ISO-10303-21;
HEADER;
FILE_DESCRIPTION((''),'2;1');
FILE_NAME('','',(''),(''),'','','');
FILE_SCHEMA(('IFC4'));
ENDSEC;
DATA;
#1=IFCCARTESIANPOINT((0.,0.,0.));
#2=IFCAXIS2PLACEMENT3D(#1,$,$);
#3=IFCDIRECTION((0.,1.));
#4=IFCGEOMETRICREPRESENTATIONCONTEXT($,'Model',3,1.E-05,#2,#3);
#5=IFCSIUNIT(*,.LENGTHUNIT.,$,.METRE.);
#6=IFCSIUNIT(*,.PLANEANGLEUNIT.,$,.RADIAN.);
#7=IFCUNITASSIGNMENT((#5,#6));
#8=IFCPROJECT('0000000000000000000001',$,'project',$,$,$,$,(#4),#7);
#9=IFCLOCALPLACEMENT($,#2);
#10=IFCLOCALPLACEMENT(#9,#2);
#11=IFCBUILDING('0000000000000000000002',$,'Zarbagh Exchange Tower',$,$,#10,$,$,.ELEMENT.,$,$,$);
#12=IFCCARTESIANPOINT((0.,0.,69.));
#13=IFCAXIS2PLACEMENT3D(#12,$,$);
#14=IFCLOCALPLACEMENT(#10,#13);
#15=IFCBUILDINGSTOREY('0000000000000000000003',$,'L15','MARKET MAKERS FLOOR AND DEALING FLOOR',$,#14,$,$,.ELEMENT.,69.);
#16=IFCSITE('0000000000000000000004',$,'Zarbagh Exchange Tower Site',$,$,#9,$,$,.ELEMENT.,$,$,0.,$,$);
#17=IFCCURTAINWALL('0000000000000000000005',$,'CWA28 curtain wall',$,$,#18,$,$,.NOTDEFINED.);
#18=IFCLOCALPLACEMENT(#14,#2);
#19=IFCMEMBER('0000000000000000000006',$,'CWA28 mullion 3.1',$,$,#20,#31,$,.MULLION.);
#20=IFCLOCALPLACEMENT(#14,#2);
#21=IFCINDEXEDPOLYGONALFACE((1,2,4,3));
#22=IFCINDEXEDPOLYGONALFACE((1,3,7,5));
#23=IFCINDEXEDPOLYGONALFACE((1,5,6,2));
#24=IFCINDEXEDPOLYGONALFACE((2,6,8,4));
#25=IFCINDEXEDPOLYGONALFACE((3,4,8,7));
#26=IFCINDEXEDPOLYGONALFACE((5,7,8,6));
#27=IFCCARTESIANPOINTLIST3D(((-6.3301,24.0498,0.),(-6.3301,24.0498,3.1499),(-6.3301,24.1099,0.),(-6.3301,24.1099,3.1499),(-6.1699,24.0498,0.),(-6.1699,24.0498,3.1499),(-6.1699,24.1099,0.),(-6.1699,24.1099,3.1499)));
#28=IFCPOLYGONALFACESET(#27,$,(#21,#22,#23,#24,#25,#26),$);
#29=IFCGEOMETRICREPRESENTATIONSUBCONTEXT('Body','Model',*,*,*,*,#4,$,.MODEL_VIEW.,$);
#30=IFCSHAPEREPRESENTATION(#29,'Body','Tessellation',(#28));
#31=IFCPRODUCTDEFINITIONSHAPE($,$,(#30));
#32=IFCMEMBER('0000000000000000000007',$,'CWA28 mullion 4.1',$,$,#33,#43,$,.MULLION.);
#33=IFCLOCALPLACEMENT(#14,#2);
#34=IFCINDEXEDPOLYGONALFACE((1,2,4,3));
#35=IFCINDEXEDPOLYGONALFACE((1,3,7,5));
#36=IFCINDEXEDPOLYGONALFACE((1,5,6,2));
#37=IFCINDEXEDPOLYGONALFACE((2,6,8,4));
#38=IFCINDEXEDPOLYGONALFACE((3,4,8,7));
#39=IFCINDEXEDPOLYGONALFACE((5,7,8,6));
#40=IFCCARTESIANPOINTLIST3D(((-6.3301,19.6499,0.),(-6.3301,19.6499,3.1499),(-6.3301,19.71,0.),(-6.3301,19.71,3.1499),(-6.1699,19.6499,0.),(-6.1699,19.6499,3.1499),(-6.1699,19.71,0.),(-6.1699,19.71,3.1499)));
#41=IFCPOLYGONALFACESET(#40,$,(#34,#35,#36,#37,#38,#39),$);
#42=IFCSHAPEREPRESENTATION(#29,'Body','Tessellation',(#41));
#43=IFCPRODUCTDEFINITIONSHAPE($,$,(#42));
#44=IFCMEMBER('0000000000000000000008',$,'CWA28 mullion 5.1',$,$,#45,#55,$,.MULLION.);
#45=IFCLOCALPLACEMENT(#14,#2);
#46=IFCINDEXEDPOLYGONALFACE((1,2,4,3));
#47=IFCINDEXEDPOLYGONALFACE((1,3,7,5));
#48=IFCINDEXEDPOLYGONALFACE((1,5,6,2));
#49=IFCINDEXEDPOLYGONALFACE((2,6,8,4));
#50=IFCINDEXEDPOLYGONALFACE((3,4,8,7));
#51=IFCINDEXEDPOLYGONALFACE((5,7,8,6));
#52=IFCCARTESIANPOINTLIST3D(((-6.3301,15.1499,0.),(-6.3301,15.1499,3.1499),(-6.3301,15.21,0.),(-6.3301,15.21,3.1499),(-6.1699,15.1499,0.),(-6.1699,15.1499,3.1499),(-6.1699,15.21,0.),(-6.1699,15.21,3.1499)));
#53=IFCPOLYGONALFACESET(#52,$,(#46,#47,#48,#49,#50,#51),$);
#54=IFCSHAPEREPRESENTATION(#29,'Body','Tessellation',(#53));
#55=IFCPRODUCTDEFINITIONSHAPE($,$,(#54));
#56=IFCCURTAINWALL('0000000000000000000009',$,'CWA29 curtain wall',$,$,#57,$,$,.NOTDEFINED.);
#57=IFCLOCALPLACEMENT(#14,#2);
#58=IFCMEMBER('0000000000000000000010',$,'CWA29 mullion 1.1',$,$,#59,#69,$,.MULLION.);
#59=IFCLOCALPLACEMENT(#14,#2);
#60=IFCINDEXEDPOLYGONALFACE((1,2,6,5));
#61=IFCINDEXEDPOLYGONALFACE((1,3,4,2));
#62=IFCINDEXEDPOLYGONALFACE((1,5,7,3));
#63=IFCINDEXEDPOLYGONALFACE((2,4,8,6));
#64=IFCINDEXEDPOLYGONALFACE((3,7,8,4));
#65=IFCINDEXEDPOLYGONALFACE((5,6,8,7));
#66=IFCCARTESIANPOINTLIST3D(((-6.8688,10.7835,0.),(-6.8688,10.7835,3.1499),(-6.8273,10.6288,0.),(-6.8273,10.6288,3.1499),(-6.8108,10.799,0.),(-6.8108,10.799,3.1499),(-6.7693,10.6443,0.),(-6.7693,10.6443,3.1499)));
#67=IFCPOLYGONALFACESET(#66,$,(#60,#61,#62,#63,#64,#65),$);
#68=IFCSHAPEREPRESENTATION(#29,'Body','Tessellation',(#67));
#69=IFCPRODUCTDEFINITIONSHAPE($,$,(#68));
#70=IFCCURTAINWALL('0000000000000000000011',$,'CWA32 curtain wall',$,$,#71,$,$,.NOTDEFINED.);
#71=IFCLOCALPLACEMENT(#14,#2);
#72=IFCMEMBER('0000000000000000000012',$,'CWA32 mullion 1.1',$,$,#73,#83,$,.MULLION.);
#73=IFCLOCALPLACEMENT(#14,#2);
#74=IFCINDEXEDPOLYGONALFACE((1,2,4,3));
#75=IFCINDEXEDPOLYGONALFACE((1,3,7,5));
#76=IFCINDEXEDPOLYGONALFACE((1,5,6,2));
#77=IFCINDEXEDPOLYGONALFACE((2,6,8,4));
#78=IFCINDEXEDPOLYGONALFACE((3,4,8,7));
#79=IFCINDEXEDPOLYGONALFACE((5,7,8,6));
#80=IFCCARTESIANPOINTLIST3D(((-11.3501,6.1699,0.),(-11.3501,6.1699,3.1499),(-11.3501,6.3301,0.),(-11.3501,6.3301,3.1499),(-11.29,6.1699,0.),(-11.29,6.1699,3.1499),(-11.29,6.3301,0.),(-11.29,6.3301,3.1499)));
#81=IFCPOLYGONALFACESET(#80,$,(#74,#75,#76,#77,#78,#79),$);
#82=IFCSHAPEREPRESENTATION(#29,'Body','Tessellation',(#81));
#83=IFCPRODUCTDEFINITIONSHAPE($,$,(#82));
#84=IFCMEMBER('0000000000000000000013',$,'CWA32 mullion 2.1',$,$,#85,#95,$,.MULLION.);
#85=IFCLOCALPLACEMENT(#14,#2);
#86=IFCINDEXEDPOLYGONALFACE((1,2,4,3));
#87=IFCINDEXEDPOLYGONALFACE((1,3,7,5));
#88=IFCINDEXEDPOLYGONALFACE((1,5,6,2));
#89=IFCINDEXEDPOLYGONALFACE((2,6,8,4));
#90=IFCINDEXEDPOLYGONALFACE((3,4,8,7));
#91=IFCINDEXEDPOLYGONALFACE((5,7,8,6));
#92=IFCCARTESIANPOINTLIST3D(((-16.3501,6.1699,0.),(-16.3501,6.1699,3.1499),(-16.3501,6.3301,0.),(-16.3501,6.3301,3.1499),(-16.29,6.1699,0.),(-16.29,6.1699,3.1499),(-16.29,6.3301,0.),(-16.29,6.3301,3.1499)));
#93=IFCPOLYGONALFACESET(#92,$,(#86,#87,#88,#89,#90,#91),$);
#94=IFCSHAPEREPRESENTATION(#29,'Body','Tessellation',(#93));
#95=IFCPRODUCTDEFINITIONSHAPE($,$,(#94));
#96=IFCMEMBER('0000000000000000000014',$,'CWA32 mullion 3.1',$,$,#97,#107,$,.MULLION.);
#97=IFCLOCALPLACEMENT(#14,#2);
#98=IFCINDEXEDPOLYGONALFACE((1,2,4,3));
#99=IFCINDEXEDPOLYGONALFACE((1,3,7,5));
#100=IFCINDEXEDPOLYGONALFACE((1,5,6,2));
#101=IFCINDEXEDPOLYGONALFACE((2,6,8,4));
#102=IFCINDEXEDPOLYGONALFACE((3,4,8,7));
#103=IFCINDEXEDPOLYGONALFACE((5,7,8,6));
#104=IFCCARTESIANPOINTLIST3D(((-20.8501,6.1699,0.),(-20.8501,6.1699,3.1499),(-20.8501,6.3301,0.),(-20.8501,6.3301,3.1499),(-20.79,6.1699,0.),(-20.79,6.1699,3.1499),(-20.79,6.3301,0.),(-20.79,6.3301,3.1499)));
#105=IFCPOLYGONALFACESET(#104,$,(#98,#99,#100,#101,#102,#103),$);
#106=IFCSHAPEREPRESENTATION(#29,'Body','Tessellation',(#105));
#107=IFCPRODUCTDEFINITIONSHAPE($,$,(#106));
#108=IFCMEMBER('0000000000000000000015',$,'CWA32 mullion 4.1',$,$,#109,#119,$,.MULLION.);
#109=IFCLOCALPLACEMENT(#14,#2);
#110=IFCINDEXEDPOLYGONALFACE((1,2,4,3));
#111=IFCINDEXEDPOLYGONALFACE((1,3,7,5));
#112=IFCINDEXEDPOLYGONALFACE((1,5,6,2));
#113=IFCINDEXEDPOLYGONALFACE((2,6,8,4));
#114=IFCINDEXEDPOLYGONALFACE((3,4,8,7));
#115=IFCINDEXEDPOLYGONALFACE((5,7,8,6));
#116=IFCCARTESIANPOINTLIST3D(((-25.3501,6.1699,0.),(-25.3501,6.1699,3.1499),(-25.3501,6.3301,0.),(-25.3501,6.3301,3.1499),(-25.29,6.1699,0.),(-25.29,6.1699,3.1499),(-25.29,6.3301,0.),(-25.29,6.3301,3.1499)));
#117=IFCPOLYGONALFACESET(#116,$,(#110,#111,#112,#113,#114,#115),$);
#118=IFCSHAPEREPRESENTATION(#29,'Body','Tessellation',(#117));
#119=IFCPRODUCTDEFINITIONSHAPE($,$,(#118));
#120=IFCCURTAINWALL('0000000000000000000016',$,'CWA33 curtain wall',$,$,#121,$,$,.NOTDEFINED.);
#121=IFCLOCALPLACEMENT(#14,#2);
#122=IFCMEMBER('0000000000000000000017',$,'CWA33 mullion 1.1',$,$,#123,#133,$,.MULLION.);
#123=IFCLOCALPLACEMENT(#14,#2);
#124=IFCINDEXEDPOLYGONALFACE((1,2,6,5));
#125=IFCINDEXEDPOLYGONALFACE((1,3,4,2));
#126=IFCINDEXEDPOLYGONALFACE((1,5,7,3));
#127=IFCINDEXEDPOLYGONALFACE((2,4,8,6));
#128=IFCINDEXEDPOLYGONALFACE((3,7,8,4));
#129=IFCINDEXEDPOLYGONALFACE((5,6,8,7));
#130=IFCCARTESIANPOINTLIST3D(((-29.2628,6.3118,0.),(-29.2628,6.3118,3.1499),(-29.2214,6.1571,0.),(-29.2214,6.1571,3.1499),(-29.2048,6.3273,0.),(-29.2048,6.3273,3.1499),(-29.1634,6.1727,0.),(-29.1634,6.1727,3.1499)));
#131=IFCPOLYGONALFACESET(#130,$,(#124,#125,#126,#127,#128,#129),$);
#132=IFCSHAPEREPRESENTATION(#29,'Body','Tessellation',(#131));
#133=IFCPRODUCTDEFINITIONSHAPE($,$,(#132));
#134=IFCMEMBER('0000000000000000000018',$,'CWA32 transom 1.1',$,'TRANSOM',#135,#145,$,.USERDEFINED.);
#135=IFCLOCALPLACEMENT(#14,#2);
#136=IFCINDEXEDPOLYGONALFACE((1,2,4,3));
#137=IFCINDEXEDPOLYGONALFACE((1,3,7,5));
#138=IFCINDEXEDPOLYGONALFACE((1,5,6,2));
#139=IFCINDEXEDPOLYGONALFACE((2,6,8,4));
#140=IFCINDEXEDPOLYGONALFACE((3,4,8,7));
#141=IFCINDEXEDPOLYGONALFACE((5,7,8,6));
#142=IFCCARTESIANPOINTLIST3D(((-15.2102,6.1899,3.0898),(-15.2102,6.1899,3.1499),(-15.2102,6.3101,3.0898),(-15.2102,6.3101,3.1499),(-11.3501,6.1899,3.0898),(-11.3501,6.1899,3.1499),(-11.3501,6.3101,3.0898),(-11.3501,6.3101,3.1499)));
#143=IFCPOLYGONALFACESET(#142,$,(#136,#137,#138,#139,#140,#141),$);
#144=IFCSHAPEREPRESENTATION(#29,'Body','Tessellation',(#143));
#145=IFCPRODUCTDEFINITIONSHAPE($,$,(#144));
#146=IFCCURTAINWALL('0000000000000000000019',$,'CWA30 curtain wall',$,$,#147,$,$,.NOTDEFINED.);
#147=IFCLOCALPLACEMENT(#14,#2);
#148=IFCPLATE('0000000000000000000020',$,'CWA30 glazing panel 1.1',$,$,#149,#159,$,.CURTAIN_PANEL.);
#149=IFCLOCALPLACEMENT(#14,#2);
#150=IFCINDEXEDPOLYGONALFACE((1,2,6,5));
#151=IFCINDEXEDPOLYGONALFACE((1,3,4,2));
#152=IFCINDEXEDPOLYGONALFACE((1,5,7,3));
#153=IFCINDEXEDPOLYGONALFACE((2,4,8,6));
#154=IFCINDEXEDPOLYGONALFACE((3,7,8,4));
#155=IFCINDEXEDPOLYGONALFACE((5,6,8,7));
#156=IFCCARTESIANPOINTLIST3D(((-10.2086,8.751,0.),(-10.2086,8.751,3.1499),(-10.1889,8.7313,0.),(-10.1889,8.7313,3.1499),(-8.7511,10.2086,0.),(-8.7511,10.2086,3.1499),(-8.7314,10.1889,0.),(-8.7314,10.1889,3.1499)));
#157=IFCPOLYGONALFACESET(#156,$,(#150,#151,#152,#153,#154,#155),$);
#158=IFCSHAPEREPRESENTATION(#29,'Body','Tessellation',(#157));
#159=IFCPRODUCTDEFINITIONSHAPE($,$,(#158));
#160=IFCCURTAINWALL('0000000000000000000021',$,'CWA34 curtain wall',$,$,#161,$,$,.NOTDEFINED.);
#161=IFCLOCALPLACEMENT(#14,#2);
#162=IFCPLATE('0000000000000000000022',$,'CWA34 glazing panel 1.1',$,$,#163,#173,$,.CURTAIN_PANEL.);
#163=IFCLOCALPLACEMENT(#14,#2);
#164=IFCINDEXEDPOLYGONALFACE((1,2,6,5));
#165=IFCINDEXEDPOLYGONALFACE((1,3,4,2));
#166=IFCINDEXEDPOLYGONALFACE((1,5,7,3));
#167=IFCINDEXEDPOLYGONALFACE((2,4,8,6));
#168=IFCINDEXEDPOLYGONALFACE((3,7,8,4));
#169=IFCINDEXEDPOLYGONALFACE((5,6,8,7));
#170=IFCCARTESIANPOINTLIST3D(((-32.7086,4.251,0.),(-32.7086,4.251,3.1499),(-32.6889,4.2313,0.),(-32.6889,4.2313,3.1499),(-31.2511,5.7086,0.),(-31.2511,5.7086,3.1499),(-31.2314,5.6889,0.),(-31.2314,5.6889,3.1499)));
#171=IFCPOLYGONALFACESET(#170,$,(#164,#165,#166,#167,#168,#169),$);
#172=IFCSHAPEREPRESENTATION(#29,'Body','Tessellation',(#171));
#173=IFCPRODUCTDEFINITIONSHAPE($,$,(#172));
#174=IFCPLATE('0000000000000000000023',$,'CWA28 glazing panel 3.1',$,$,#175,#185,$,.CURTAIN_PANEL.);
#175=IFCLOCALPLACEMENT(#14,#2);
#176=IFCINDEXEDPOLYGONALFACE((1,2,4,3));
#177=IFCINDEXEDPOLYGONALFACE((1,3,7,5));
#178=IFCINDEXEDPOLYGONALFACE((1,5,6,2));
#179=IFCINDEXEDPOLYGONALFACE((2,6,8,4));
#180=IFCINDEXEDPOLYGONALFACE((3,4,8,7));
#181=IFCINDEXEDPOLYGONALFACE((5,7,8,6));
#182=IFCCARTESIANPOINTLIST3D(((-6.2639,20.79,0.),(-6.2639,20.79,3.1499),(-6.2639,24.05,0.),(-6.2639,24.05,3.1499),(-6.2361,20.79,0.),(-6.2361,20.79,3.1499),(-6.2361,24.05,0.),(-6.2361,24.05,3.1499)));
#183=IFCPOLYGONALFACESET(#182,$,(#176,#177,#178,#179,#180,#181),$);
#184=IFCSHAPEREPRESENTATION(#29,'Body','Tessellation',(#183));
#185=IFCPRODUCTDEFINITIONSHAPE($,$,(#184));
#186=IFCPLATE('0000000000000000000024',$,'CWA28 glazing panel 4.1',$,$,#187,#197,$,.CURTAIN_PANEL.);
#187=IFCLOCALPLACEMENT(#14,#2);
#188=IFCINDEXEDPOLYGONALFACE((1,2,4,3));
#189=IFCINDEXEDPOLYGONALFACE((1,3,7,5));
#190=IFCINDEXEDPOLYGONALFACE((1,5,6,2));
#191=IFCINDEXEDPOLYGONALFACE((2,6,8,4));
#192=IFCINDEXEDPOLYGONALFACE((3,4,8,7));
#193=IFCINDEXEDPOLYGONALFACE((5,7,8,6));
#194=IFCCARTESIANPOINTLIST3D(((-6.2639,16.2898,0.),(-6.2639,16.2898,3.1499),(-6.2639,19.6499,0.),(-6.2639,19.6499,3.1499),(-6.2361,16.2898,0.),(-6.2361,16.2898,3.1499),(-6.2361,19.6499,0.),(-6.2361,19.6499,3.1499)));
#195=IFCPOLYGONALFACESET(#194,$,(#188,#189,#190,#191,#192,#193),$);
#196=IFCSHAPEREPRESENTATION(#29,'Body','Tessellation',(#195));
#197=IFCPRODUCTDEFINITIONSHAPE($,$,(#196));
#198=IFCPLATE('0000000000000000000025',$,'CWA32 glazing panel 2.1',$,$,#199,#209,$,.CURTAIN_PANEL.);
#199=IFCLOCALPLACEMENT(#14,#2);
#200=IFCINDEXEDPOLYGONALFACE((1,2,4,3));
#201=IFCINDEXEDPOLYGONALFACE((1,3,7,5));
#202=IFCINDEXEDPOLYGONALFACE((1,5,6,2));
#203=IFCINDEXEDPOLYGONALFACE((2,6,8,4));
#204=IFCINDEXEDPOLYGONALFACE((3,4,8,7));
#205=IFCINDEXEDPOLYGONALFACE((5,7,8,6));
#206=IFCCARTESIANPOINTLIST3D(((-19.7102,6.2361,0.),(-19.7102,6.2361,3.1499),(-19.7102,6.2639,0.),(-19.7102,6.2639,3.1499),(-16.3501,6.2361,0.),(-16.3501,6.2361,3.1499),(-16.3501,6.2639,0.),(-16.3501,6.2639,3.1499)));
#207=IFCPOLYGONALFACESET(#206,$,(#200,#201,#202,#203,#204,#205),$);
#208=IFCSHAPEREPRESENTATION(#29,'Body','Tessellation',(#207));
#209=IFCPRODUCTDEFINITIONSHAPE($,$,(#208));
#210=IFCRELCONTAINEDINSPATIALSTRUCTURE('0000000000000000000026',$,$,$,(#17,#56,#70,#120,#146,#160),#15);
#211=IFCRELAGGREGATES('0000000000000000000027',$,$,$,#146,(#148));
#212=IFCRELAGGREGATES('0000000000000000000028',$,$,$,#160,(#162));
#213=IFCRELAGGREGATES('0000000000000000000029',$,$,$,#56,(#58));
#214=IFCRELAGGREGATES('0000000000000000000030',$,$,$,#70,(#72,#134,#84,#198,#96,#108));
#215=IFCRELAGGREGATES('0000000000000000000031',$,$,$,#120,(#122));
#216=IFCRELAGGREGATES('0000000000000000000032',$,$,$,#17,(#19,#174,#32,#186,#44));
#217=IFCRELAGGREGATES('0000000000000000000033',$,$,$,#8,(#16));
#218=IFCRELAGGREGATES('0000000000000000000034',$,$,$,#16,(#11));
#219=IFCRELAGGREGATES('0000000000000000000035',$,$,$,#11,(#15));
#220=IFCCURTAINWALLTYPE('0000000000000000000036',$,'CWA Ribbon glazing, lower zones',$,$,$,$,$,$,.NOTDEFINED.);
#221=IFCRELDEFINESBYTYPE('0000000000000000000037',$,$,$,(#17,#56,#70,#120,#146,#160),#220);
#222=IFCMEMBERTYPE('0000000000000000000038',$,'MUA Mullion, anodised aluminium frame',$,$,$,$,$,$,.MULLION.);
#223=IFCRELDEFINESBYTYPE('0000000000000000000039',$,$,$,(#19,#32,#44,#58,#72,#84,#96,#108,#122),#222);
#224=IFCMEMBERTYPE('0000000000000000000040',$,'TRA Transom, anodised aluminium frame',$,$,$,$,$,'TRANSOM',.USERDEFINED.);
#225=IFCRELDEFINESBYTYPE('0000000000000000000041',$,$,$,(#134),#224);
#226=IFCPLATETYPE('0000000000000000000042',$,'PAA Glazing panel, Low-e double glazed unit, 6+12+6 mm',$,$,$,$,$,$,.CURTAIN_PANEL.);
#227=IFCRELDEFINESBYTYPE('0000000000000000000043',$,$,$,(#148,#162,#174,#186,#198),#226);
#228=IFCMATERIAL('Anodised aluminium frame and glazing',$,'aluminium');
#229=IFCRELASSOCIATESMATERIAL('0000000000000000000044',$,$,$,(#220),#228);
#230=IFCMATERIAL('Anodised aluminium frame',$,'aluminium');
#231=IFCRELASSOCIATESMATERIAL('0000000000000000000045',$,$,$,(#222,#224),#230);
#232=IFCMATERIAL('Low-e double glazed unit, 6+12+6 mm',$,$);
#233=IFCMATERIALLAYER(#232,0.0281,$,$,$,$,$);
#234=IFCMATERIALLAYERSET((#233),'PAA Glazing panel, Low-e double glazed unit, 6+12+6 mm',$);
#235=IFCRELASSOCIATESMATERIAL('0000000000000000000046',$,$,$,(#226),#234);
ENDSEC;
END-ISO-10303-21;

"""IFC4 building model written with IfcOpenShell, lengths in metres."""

from ifc_helpers import new_model, si_unit, direction, frame, origin, place, context, subcontext, project, spatial, polyline, outline, extrude, source, transform, mapped, material, layer, layer_set, type_object, element, aggregate, save


model = new_model("IFC4")

# Units and contexts
model_context = context("Model", 3, precision=1e-05, world=origin(), true_north=direction((0.0, 1.0)))
body_context = subcontext(model_context, "Body", "Model", "MODEL_VIEW")
ifc_project = project(units=[si_unit("LENGTHUNIT", "METRE"), si_unit("PLANEANGLEUNIT", "RADIAN")], contexts=[model_context])

# Site, building, storey
site_placement = place(None, origin())
site = spatial("IfcSite", under=ifc_project, at=site_placement, Name="Zarbagh Exchange Tower Site", CompositionType="ELEMENT", RefElevation=0.0)
building_placement = place(site_placement, origin())
building = spatial("IfcBuilding", under=site, at=building_placement, Name="Zarbagh Exchange Tower", CompositionType="ELEMENT")
storey_placement = place(building_placement, frame((0.0, 0.0, 69.0)))
storey = spatial("IfcBuildingStorey", under=building, at=storey_placement, Name="L15", Description="MARKET MAKERS FLOOR AND DEALING FLOOR", CompositionType="ELEMENT", Elevation=69.0)

# Curtain wall, members
ifc_material_1 = material(Name="Anodised aluminium frame and glazing", Category="aluminium")
curtain_wall_type = type_object("IfcCurtainWallType", Name="CWA Ribbon glazing, lower zones", PredefinedType="NOTDEFINED", material=ifc_material_1)
curtain_wall_1_placement = place(storey_placement, origin())
curtain_wall_1 = element("IfcCurtainWall", 1, at=curtain_wall_1_placement, inside=storey, type_object=curtain_wall_type, Name="CWA28 curtain wall", PredefinedType="NOTDEFINED")
ifc_material_2 = material(Name="Anodised aluminium frame", Category="aluminium")
member_type_1 = type_object("IfcMemberType", Name="MUA Mullion, anodised aluminium frame", PredefinedType="MULLION", material=ifc_material_2)
shared_shape_1 = source(origin(), body_context, "Body", "SweptSolid", [
    extrude(outline(polyline([(0.0, -0.0801), (0.0601, -0.0801), (0.0601, 0.0801), (0.0, 0.0801), (0.0, -0.0801)])), origin(), (0.0, 0.0, 1.0), 3.1499),
])
placement = place(storey_placement, origin())
member_1 = element("IfcMember", 2, at=placement, type_object=member_type_1, Name="CWA28 mullion 3.1", PredefinedType="MULLION", context=body_context, shape_type="MappedRepresentation", body=[
    mapped(shared_shape_1, transform((-6.25, 24.1099, 0.0), x_axis=(0.0, -1.0, 0.0), y_axis=(1.0, 0.0, 0.0), z_axis=(0.0, 0.0, 1.0))),
])
member_2 = element("IfcMember", 3, at=placement, type_object=member_type_1, Name="CWA28 mullion 4.1", PredefinedType="MULLION", context=body_context, shape_type="MappedRepresentation", body=[
    mapped(shared_shape_1, transform((-6.25, 19.71, 0.0), x_axis=(0.0, -1.0, 0.0), y_axis=(1.0, 0.0, 0.0), z_axis=(0.0, 0.0, 1.0))),
])
member_3 = element("IfcMember", 4, at=placement, type_object=member_type_1, Name="CWA28 mullion 5.1", PredefinedType="MULLION", context=body_context, shape_type="MappedRepresentation", body=[
    mapped(shared_shape_1, transform((-6.25, 15.21, 0.0), x_axis=(0.0, -1.0, 0.0), y_axis=(1.0, 0.0, 0.0), z_axis=(0.0, 0.0, 1.0))),
])

# Curtain wall, member
curtain_wall_2_placement = place(storey_placement, origin())
curtain_wall_2 = element("IfcCurtainWall", 5, at=curtain_wall_2_placement, inside=storey, type_object=curtain_wall_type, Name="CWA29 curtain wall", PredefinedType="NOTDEFINED")
member_4 = element("IfcMember", 6, at=placement, type_object=member_type_1, Name="CWA29 mullion 1.1", PredefinedType="MULLION", context=body_context, shape_type="MappedRepresentation", body=[
    mapped(shared_shape_1, transform((-6.79, 10.7217, 0.0), x_axis=(-0.965924, -0.258825, 0.0), y_axis=(0.258825, -0.965924, 0.0), z_axis=(0.0, 0.0, 1.0))),
])

# Curtain wall, members
curtain_wall_3_placement = place(storey_placement, origin())
curtain_wall_3 = element("IfcCurtainWall", 7, at=curtain_wall_3_placement, inside=storey, type_object=curtain_wall_type, Name="CWA32 curtain wall", PredefinedType="NOTDEFINED")
member_5 = element("IfcMember", 8, at=placement, type_object=member_type_1, Name="CWA32 mullion 1.1", PredefinedType="MULLION", context=body_context, shape_type="MappedRepresentation", body=[
    mapped(shared_shape_1, transform((-11.29, 6.25, 0.0), x_axis=(-1.0, 0.0, 0.0), y_axis=(0.0, -1.0, 0.0), z_axis=(0.0, 0.0, 1.0))),
])
member_6 = element("IfcMember", 9, at=placement, type_object=member_type_1, Name="CWA32 mullion 2.1", PredefinedType="MULLION", context=body_context, shape_type="MappedRepresentation", body=[
    mapped(shared_shape_1, transform((-16.29, 6.25, 0.0), x_axis=(-1.0, 0.0, 0.0), y_axis=(0.0, -1.0, 0.0), z_axis=(0.0, 0.0, 1.0))),
])
member_7 = element("IfcMember", 10, at=placement, type_object=member_type_1, Name="CWA32 mullion 3.1", PredefinedType="MULLION", context=body_context, shape_type="MappedRepresentation", body=[
    mapped(shared_shape_1, transform((-20.79, 6.25, 0.0), x_axis=(-1.0, 0.0, 0.0), y_axis=(0.0, -1.0, 0.0), z_axis=(0.0, 0.0, 1.0))),
])
member_8 = element("IfcMember", 11, at=placement, type_object=member_type_1, Name="CWA32 mullion 4.1", PredefinedType="MULLION", context=body_context, shape_type="MappedRepresentation", body=[
    mapped(shared_shape_1, transform((-25.29, 6.25, 0.0), x_axis=(-1.0, 0.0, 0.0), y_axis=(0.0, -1.0, 0.0), z_axis=(0.0, 0.0, 1.0))),
])

# Curtain wall, member
curtain_wall_4_placement = place(storey_placement, origin())
curtain_wall_4 = element("IfcCurtainWall", 12, at=curtain_wall_4_placement, inside=storey, type_object=curtain_wall_type, Name="CWA33 curtain wall", PredefinedType="NOTDEFINED")
member_9 = element("IfcMember", 13, at=placement, type_object=member_type_1, Name="CWA33 mullion 1.1", PredefinedType="MULLION", context=body_context, shape_type="MappedRepresentation", body=[
    mapped(shared_shape_1, transform((-29.1841, 6.25, 0.0), x_axis=(-0.965924, -0.258825, 0.0), y_axis=(0.258825, -0.965924, 0.0), z_axis=(0.0, 0.0, 1.0))),
])

# Member
member_type_2 = type_object("IfcMemberType", Name="TRA Transom, anodised aluminium frame", ElementType="TRANSOM", PredefinedType="USERDEFINED", material=ifc_material_2)
shared_shape_2 = source(origin(), body_context, "Body", "SweptSolid", [
    extrude(outline(polyline([(-0.0601, -0.0601), (0.0, -0.0601), (0.0, 0.0601), (-0.0601, 0.0601), (-0.0601, -0.0601)])), origin(), (0.0, 0.0, 1.0), 3.8601),
])
member_10 = element("IfcMember", 14, at=placement, type_object=member_type_2, Name="CWA32 transom 1.1", ObjectType="TRANSOM", PredefinedType="USERDEFINED", context=body_context, shape_type="MappedRepresentation", body=[
    mapped(shared_shape_2, transform((-11.3501, 6.25, 3.1499), x_axis=(0.0, 0.0, 1.0), y_axis=(0.0, 1.0, 0.0), z_axis=(-1.0, 0.0, 0.0))),
])

# Curtain walls, plates
curtain_wall_5_placement = place(storey_placement, origin())
curtain_wall_5 = element("IfcCurtainWall", 15, at=curtain_wall_5_placement, inside=storey, type_object=curtain_wall_type, Name="CWA30 curtain wall", PredefinedType="NOTDEFINED")
ifc_material_3 = material(Name="Low-e double glazed unit, 6+12+6 mm")
ifc_layer = layer(ifc_material_3, 0.0281)
ifc_layer_set = layer_set([ifc_layer], Name="PAA Glazing panel, Low-e double glazed unit, 6+12+6 mm")
plate_type = type_object("IfcPlateType", Name="PAA Glazing panel, Low-e double glazed unit, 6+12+6 mm", PredefinedType="CURTAIN_PANEL", material=ifc_layer_set)
shared_shape_3 = source(origin(), body_context, "Body", "SweptSolid", [
    extrude(outline(polyline([(0.0, -0.0139), (2.0613, -0.0139), (2.0613, 0.0139), (0.0, 0.0139), (0.0, -0.0139)])), origin(), (0.0, 0.0, 1.0), 3.1499),
])
plate_1 = element("IfcPlate", 16, at=placement, type_object=plate_type, Name="CWA30 glazing panel 1.1", PredefinedType="CURTAIN_PANEL", context=body_context, shape_type="MappedRepresentation", body=[
    mapped(shared_shape_3, transform((-8.7412, 10.1987, 0.0), x_axis=(-0.707107, -0.707107, 0.0), y_axis=(0.707107, -0.707107, 0.0), z_axis=(0.0, 0.0, 1.0))),
])
aggregate(curtain_wall_5, [plate_1])
curtain_wall_6_placement = place(storey_placement, origin())
curtain_wall_6 = element("IfcCurtainWall", 17, at=curtain_wall_6_placement, inside=storey, type_object=curtain_wall_type, Name="CWA34 curtain wall", PredefinedType="NOTDEFINED")
plate_2 = element("IfcPlate", 18, at=placement, type_object=plate_type, Name="CWA34 glazing panel 1.1", PredefinedType="CURTAIN_PANEL", context=body_context, shape_type="MappedRepresentation", body=[
    mapped(shared_shape_3, transform((-31.2412, 5.6987, 0.0), x_axis=(-0.707107, -0.707107, 0.0), y_axis=(0.707107, -0.707107, 0.0), z_axis=(0.0, 0.0, 1.0))),
])
aggregate(curtain_wall_6, [plate_2])

# Plates
shared_shape_4 = source(origin(), body_context, "Body", "SweptSolid", [
    extrude(outline(polyline([(0.0, -0.0139), (3.26, -0.0139), (3.26, 0.0139), (0.0, 0.0139), (0.0, -0.0139)])), origin(), (0.0, 0.0, 1.0), 3.1499),
])
plate_3 = element("IfcPlate", 19, at=placement, type_object=plate_type, Name="CWA28 glazing panel 3.1", PredefinedType="CURTAIN_PANEL", context=body_context, shape_type="MappedRepresentation", body=[
    mapped(shared_shape_4, transform((-6.25, 24.05, 0.0), x_axis=(0.0, -1.0, 0.0), y_axis=(1.0, 0.0, 0.0), z_axis=(0.0, 0.0, 1.0))),
])
shared_shape_5 = source(origin(), body_context, "Body", "SweptSolid", [
    extrude(outline(polyline([(0.0, -0.0139), (3.3601, -0.0139), (3.3601, 0.0139), (0.0, 0.0139), (0.0, -0.0139)])), origin(), (0.0, 0.0, 1.0), 3.1499),
])
plate_4 = element("IfcPlate", 20, at=placement, type_object=plate_type, Name="CWA28 glazing panel 4.1", PredefinedType="CURTAIN_PANEL", context=body_context, shape_type="MappedRepresentation", body=[
    mapped(shared_shape_5, transform((-6.25, 19.6499, 0.0), x_axis=(0.0, -1.0, 0.0), y_axis=(1.0, 0.0, 0.0), z_axis=(0.0, 0.0, 1.0))),
])
plate_5 = element("IfcPlate", 21, at=placement, type_object=plate_type, Name="CWA32 glazing panel 2.1", PredefinedType="CURTAIN_PANEL", context=body_context, shape_type="MappedRepresentation", body=[
    mapped(shared_shape_5, transform((-16.3501, 6.25, 0.0), x_axis=(-1.0, 0.0, 0.0), y_axis=(0.0, -1.0, 0.0), z_axis=(0.0, 0.0, 1.0))),
])
aggregate(curtain_wall_2, [member_4])

aggregate(curtain_wall_3, [member_5, member_10, member_6, plate_5, member_7, member_8])
aggregate(curtain_wall_4, [member_9])

aggregate(curtain_wall_1, [member_1, plate_3, member_2, plate_4, member_3])

save(model, "model.ifc")
